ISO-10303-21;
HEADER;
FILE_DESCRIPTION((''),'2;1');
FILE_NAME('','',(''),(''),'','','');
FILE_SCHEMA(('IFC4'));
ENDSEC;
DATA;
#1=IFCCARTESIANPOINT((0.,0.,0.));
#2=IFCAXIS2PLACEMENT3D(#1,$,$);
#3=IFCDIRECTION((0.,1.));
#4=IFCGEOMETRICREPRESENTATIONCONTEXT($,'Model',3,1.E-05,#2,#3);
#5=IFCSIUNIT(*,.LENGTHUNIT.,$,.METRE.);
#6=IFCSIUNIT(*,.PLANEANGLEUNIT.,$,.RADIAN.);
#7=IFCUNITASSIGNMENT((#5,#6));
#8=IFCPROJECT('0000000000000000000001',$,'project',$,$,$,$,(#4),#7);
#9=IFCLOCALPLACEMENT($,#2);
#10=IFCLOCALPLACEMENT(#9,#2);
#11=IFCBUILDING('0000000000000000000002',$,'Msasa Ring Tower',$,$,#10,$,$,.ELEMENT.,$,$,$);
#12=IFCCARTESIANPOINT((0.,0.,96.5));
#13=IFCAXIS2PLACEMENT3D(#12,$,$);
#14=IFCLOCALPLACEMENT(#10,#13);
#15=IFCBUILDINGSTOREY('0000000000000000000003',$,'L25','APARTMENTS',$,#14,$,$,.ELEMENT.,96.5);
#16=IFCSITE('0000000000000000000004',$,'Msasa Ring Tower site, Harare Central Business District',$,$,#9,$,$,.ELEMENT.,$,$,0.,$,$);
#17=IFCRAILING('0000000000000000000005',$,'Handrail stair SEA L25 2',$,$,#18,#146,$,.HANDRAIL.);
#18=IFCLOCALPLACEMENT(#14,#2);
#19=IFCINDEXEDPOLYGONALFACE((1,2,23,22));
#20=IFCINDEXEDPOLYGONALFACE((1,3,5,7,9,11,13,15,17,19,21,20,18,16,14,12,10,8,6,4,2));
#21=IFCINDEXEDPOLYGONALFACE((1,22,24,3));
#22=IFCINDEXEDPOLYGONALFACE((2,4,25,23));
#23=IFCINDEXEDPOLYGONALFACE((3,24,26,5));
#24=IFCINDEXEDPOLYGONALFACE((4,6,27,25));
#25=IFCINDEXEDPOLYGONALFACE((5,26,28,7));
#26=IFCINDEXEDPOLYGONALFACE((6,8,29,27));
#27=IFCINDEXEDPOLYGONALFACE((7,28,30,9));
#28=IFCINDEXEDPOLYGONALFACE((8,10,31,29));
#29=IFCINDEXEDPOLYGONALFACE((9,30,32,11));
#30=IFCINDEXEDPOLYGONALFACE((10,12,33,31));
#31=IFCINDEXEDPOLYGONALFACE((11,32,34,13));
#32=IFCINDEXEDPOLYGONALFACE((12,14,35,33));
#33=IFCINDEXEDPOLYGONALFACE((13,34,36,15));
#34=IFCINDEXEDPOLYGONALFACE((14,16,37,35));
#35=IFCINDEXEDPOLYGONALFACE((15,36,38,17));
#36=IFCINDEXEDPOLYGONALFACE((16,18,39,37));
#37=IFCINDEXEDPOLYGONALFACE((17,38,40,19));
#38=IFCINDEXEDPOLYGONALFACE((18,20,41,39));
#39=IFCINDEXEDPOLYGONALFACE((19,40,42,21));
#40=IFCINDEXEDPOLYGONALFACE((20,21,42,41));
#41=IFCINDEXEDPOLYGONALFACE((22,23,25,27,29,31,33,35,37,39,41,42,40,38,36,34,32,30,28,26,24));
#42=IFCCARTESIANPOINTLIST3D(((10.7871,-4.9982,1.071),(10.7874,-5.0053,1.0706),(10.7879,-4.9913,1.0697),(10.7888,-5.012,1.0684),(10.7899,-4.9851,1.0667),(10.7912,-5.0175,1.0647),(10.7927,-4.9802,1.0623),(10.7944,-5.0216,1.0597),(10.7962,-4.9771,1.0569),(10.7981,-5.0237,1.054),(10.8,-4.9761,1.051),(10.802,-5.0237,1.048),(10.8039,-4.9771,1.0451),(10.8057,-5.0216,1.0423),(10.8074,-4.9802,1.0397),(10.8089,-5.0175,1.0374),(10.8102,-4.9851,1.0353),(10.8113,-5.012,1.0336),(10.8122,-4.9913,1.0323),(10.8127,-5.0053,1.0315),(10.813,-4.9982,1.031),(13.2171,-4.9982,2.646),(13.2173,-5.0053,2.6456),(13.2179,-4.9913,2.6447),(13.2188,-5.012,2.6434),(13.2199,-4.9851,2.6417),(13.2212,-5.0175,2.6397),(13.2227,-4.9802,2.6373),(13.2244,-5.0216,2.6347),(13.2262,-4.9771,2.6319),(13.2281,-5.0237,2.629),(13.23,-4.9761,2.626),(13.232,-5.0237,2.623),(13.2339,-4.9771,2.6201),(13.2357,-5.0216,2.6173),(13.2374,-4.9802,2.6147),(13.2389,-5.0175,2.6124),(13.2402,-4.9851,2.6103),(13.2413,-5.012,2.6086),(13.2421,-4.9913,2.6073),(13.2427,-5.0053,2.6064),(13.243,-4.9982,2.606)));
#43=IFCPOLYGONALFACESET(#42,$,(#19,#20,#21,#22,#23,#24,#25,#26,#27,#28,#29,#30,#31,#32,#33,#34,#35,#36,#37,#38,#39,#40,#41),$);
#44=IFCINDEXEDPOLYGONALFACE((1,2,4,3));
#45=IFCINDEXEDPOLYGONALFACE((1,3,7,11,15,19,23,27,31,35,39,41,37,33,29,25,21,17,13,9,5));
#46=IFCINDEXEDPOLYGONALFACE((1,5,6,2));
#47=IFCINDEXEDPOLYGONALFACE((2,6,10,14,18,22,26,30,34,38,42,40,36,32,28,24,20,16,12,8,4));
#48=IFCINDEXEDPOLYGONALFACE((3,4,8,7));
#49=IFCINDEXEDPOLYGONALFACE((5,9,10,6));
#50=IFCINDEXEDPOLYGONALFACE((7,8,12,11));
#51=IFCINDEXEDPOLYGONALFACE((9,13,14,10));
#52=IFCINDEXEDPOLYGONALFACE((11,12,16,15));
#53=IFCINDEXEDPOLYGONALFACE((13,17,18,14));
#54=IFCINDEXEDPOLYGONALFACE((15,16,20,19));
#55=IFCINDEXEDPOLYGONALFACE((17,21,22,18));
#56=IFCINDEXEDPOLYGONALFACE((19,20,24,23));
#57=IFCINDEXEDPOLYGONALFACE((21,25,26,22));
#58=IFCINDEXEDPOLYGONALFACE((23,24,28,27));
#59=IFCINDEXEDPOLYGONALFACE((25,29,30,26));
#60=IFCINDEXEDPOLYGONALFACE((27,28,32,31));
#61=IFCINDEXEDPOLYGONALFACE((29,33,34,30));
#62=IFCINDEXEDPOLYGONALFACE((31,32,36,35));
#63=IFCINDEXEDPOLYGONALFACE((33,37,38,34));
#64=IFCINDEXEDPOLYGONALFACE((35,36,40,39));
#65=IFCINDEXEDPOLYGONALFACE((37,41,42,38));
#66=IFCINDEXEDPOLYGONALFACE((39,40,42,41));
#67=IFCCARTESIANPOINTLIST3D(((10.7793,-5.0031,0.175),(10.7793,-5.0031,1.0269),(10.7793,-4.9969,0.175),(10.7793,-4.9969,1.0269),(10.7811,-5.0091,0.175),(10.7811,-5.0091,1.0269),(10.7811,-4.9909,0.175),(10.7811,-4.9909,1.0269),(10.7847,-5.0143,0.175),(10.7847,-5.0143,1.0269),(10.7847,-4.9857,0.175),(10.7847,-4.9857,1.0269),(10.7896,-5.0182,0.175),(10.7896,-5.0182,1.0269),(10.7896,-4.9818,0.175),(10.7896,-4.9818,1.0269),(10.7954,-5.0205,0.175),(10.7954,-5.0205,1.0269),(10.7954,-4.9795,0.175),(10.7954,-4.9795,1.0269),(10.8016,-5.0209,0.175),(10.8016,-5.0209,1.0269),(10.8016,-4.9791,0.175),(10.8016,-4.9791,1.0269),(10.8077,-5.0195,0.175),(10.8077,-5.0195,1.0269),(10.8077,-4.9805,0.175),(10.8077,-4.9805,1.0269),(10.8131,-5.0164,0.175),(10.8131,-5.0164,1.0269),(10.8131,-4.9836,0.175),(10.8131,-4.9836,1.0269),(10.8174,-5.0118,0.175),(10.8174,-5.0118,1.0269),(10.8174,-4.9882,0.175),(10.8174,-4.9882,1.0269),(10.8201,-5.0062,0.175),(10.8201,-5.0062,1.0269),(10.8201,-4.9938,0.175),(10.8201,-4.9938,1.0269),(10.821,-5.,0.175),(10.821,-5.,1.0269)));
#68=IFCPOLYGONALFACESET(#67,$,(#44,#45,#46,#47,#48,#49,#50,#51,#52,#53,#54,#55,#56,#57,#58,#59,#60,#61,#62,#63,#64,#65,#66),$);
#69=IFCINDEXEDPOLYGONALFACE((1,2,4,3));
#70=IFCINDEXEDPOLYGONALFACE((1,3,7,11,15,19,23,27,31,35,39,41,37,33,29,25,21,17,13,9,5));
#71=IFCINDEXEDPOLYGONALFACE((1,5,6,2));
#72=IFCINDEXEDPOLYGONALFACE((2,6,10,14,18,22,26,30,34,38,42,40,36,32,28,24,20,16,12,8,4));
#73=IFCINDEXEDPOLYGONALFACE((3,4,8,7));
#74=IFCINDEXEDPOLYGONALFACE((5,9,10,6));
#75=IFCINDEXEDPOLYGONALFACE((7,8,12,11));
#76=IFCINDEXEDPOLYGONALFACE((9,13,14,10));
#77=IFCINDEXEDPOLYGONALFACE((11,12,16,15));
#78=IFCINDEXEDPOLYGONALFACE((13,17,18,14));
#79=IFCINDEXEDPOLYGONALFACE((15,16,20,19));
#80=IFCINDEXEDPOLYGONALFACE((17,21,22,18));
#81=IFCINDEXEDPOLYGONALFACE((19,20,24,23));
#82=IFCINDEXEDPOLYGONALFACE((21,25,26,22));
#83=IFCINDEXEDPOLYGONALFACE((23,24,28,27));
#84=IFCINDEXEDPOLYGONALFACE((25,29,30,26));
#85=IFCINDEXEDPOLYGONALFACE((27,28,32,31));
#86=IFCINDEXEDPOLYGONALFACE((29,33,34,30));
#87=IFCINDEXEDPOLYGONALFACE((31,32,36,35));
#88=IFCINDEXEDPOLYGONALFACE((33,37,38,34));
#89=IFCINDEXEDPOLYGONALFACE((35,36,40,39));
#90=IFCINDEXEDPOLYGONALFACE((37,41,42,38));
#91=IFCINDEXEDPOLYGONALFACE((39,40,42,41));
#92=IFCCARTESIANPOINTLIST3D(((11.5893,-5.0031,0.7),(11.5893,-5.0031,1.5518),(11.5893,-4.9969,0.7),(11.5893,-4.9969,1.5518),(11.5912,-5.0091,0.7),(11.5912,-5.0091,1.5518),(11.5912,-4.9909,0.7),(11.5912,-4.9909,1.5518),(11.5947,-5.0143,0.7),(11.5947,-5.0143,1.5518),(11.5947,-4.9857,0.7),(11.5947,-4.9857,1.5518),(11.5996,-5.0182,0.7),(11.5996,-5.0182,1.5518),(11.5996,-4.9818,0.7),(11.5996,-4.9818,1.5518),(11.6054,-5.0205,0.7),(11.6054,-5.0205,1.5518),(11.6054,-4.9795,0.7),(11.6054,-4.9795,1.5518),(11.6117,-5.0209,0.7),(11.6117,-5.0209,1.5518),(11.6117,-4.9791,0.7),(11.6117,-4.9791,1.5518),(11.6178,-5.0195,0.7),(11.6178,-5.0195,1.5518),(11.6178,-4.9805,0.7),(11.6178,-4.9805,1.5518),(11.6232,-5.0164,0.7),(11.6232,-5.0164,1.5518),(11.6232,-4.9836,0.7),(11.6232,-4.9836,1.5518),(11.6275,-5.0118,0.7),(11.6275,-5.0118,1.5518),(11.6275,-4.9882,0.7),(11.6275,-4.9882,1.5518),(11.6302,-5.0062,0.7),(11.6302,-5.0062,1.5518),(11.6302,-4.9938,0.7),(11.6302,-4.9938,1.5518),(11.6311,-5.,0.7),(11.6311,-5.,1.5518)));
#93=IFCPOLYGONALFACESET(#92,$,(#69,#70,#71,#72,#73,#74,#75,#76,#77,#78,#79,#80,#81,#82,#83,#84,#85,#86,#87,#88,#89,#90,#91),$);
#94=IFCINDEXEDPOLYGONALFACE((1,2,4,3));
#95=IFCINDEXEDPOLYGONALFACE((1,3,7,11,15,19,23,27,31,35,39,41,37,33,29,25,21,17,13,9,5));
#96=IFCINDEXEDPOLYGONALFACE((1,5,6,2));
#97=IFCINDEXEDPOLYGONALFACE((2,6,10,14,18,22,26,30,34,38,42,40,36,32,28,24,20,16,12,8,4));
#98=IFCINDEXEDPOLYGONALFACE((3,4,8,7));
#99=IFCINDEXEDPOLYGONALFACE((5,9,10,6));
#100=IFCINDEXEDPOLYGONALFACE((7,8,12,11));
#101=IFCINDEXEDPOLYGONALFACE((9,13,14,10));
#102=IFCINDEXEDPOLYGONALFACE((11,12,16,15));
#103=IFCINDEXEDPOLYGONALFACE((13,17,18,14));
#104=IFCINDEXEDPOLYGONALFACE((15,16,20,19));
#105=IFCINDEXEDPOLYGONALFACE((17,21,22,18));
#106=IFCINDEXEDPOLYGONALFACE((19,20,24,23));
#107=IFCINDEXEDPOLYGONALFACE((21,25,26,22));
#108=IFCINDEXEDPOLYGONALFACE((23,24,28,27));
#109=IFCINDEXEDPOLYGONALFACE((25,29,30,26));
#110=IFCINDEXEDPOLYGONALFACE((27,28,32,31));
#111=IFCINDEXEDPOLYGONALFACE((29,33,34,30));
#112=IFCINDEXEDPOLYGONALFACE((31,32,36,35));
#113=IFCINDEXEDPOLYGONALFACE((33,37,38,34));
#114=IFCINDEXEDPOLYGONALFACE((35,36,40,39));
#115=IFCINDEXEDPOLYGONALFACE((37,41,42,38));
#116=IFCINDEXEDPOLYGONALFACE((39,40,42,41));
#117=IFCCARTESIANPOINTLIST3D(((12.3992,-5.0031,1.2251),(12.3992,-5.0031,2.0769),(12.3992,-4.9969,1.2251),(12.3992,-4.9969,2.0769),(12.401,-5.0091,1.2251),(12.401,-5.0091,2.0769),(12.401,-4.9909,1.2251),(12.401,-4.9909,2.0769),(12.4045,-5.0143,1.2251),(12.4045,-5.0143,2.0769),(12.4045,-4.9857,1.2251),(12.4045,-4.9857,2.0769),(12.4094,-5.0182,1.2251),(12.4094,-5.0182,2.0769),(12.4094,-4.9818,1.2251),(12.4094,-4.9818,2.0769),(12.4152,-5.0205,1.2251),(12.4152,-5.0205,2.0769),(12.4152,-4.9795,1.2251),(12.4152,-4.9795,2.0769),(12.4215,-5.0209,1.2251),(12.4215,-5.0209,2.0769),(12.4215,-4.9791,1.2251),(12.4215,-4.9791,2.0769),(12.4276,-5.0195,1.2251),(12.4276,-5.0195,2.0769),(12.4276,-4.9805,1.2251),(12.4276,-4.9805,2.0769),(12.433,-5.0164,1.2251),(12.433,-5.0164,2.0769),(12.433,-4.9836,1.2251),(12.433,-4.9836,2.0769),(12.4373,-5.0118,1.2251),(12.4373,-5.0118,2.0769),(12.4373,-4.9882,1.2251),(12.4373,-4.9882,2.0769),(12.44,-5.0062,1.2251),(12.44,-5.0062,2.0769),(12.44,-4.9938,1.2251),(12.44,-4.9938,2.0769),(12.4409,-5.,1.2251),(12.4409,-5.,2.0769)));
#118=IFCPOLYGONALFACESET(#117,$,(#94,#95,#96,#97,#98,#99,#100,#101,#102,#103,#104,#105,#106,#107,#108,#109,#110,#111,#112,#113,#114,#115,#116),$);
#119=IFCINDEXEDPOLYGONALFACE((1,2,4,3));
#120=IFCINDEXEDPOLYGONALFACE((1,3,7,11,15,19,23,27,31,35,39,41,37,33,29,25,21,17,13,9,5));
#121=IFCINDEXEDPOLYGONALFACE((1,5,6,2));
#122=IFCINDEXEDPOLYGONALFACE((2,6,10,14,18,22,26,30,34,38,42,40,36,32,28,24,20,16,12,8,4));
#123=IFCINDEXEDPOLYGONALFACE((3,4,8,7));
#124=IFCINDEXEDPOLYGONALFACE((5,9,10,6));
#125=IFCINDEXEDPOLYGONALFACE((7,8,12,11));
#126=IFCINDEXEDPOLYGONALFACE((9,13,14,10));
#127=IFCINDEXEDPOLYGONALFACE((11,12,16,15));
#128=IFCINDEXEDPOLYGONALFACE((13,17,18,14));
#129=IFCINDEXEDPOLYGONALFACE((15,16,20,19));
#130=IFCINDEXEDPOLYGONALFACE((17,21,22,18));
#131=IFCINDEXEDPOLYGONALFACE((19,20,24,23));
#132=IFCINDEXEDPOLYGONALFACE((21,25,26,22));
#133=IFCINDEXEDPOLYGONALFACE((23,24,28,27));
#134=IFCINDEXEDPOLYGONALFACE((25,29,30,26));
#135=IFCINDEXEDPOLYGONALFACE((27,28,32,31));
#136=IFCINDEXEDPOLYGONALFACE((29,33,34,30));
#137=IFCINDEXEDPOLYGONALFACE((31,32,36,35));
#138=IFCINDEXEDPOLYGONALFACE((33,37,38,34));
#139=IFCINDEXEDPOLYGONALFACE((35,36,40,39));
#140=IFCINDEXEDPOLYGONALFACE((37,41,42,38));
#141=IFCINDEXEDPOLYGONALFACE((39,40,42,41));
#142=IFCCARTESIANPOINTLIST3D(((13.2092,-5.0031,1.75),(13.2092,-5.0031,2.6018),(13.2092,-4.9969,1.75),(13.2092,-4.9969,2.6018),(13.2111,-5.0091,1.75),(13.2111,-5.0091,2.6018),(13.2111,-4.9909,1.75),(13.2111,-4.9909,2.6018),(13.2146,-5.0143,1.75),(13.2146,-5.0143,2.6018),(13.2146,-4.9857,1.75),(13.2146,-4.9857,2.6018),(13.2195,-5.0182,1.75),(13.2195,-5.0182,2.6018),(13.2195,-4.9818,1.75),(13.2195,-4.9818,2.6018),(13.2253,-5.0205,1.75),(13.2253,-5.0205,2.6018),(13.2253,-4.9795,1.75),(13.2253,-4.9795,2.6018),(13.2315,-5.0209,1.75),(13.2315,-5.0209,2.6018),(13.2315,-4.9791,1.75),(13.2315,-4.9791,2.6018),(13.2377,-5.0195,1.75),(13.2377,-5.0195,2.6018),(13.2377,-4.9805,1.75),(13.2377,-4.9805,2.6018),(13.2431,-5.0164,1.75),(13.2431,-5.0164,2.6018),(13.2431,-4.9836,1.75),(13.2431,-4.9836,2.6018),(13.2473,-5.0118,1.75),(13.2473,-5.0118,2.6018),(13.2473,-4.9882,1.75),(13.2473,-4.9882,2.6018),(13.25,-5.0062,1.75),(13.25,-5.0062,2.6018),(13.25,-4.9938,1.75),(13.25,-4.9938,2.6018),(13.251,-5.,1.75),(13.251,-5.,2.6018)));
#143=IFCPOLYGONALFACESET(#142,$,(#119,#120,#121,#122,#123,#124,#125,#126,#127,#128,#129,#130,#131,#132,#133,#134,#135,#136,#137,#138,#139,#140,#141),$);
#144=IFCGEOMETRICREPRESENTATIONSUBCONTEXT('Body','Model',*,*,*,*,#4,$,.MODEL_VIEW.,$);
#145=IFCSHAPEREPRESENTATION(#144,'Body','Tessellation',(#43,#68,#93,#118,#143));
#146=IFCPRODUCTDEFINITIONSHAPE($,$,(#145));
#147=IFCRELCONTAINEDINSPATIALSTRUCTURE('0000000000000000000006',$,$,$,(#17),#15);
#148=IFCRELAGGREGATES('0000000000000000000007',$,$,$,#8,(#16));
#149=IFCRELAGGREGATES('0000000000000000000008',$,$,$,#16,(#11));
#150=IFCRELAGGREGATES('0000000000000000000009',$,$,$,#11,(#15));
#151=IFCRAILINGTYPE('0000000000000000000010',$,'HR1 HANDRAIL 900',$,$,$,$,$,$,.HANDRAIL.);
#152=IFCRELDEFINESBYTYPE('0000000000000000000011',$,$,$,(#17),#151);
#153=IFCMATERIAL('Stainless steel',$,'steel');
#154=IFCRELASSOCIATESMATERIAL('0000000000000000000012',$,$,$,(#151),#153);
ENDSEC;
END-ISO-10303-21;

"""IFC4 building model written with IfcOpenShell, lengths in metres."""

from ifc_helpers import new_model, si_unit, direction, frame, origin, origin_2d, place, context, subcontext, project, spatial, circle, extrude, material, type_object, element, save


model = new_model("IFC4")

# Units and contexts
model_context = context("Model", 3, precision=1e-05, world=origin(), true_north=direction((0.0, 1.0)))
body_context = subcontext(model_context, "Body", "Model", "MODEL_VIEW")
ifc_project = project(units=[si_unit("LENGTHUNIT", "METRE"), si_unit("PLANEANGLEUNIT", "RADIAN")], contexts=[model_context])

# Site, building, storey
site_placement = place(None, origin())
site = spatial("IfcSite", under=ifc_project, at=site_placement, Name="Msasa Ring Tower site, Harare Central Business District", CompositionType="ELEMENT", RefElevation=0.0)
building_placement = place(site_placement, origin())
building = spatial("IfcBuilding", under=site, at=building_placement, Name="Msasa Ring Tower", CompositionType="ELEMENT")
storey_placement = place(building_placement, frame((0.0, 0.0, 96.5)))
storey = spatial("IfcBuildingStorey", under=building, at=storey_placement, Name="L25", Description="APARTMENTS", CompositionType="ELEMENT", Elevation=96.5)

# Railing
ifc_material_1 = material(Name="Stainless steel", Category="steel")
railing_type = type_object("IfcRailingType", Name="HR1 HANDRAIL 900", PredefinedType="HANDRAIL", material=ifc_material_1)
for number, where, name in (
    (1, (10.8, -5.0, 0.175), "Handrail stair SEA L25 2"),
):
    element("IfcRailing", number, at=place(storey_placement, frame(where)), inside=storey, type_object=railing_type, Name=name, PredefinedType="HANDRAIL", context=body_context, shape_type="SweptSolid", body=[
        extrude(circle(Radius=0.0239, at=origin_2d()), frame((0.0, 0.0, 0.876), z_axis=(0.839154, 0.0, 0.543894), x_axis=(0.0, 1.0, 0.0)), (0.0, 0.0, 1.0), 2.8958),
        extrude(circle(Radius=0.021, at=origin_2d()), origin(), (0.0, 0.0, 1.0), 0.8518),
        extrude(circle(Radius=0.021, at=origin_2d()), frame((0.8101, 0.0, 0.5249)), (0.0, 0.0, 1.0), 0.8518),
        extrude(circle(Radius=0.021, at=origin_2d()), frame((1.6199, 0.0, 1.05)), (0.0, 0.0, 1.0), 0.8518),
        extrude(circle(Radius=0.021, at=origin_2d()), frame((2.4299, 0.0, 1.575)), (0.0, 0.0, 1.0), 0.8518),
    ])

save(model, "model.ifc")
